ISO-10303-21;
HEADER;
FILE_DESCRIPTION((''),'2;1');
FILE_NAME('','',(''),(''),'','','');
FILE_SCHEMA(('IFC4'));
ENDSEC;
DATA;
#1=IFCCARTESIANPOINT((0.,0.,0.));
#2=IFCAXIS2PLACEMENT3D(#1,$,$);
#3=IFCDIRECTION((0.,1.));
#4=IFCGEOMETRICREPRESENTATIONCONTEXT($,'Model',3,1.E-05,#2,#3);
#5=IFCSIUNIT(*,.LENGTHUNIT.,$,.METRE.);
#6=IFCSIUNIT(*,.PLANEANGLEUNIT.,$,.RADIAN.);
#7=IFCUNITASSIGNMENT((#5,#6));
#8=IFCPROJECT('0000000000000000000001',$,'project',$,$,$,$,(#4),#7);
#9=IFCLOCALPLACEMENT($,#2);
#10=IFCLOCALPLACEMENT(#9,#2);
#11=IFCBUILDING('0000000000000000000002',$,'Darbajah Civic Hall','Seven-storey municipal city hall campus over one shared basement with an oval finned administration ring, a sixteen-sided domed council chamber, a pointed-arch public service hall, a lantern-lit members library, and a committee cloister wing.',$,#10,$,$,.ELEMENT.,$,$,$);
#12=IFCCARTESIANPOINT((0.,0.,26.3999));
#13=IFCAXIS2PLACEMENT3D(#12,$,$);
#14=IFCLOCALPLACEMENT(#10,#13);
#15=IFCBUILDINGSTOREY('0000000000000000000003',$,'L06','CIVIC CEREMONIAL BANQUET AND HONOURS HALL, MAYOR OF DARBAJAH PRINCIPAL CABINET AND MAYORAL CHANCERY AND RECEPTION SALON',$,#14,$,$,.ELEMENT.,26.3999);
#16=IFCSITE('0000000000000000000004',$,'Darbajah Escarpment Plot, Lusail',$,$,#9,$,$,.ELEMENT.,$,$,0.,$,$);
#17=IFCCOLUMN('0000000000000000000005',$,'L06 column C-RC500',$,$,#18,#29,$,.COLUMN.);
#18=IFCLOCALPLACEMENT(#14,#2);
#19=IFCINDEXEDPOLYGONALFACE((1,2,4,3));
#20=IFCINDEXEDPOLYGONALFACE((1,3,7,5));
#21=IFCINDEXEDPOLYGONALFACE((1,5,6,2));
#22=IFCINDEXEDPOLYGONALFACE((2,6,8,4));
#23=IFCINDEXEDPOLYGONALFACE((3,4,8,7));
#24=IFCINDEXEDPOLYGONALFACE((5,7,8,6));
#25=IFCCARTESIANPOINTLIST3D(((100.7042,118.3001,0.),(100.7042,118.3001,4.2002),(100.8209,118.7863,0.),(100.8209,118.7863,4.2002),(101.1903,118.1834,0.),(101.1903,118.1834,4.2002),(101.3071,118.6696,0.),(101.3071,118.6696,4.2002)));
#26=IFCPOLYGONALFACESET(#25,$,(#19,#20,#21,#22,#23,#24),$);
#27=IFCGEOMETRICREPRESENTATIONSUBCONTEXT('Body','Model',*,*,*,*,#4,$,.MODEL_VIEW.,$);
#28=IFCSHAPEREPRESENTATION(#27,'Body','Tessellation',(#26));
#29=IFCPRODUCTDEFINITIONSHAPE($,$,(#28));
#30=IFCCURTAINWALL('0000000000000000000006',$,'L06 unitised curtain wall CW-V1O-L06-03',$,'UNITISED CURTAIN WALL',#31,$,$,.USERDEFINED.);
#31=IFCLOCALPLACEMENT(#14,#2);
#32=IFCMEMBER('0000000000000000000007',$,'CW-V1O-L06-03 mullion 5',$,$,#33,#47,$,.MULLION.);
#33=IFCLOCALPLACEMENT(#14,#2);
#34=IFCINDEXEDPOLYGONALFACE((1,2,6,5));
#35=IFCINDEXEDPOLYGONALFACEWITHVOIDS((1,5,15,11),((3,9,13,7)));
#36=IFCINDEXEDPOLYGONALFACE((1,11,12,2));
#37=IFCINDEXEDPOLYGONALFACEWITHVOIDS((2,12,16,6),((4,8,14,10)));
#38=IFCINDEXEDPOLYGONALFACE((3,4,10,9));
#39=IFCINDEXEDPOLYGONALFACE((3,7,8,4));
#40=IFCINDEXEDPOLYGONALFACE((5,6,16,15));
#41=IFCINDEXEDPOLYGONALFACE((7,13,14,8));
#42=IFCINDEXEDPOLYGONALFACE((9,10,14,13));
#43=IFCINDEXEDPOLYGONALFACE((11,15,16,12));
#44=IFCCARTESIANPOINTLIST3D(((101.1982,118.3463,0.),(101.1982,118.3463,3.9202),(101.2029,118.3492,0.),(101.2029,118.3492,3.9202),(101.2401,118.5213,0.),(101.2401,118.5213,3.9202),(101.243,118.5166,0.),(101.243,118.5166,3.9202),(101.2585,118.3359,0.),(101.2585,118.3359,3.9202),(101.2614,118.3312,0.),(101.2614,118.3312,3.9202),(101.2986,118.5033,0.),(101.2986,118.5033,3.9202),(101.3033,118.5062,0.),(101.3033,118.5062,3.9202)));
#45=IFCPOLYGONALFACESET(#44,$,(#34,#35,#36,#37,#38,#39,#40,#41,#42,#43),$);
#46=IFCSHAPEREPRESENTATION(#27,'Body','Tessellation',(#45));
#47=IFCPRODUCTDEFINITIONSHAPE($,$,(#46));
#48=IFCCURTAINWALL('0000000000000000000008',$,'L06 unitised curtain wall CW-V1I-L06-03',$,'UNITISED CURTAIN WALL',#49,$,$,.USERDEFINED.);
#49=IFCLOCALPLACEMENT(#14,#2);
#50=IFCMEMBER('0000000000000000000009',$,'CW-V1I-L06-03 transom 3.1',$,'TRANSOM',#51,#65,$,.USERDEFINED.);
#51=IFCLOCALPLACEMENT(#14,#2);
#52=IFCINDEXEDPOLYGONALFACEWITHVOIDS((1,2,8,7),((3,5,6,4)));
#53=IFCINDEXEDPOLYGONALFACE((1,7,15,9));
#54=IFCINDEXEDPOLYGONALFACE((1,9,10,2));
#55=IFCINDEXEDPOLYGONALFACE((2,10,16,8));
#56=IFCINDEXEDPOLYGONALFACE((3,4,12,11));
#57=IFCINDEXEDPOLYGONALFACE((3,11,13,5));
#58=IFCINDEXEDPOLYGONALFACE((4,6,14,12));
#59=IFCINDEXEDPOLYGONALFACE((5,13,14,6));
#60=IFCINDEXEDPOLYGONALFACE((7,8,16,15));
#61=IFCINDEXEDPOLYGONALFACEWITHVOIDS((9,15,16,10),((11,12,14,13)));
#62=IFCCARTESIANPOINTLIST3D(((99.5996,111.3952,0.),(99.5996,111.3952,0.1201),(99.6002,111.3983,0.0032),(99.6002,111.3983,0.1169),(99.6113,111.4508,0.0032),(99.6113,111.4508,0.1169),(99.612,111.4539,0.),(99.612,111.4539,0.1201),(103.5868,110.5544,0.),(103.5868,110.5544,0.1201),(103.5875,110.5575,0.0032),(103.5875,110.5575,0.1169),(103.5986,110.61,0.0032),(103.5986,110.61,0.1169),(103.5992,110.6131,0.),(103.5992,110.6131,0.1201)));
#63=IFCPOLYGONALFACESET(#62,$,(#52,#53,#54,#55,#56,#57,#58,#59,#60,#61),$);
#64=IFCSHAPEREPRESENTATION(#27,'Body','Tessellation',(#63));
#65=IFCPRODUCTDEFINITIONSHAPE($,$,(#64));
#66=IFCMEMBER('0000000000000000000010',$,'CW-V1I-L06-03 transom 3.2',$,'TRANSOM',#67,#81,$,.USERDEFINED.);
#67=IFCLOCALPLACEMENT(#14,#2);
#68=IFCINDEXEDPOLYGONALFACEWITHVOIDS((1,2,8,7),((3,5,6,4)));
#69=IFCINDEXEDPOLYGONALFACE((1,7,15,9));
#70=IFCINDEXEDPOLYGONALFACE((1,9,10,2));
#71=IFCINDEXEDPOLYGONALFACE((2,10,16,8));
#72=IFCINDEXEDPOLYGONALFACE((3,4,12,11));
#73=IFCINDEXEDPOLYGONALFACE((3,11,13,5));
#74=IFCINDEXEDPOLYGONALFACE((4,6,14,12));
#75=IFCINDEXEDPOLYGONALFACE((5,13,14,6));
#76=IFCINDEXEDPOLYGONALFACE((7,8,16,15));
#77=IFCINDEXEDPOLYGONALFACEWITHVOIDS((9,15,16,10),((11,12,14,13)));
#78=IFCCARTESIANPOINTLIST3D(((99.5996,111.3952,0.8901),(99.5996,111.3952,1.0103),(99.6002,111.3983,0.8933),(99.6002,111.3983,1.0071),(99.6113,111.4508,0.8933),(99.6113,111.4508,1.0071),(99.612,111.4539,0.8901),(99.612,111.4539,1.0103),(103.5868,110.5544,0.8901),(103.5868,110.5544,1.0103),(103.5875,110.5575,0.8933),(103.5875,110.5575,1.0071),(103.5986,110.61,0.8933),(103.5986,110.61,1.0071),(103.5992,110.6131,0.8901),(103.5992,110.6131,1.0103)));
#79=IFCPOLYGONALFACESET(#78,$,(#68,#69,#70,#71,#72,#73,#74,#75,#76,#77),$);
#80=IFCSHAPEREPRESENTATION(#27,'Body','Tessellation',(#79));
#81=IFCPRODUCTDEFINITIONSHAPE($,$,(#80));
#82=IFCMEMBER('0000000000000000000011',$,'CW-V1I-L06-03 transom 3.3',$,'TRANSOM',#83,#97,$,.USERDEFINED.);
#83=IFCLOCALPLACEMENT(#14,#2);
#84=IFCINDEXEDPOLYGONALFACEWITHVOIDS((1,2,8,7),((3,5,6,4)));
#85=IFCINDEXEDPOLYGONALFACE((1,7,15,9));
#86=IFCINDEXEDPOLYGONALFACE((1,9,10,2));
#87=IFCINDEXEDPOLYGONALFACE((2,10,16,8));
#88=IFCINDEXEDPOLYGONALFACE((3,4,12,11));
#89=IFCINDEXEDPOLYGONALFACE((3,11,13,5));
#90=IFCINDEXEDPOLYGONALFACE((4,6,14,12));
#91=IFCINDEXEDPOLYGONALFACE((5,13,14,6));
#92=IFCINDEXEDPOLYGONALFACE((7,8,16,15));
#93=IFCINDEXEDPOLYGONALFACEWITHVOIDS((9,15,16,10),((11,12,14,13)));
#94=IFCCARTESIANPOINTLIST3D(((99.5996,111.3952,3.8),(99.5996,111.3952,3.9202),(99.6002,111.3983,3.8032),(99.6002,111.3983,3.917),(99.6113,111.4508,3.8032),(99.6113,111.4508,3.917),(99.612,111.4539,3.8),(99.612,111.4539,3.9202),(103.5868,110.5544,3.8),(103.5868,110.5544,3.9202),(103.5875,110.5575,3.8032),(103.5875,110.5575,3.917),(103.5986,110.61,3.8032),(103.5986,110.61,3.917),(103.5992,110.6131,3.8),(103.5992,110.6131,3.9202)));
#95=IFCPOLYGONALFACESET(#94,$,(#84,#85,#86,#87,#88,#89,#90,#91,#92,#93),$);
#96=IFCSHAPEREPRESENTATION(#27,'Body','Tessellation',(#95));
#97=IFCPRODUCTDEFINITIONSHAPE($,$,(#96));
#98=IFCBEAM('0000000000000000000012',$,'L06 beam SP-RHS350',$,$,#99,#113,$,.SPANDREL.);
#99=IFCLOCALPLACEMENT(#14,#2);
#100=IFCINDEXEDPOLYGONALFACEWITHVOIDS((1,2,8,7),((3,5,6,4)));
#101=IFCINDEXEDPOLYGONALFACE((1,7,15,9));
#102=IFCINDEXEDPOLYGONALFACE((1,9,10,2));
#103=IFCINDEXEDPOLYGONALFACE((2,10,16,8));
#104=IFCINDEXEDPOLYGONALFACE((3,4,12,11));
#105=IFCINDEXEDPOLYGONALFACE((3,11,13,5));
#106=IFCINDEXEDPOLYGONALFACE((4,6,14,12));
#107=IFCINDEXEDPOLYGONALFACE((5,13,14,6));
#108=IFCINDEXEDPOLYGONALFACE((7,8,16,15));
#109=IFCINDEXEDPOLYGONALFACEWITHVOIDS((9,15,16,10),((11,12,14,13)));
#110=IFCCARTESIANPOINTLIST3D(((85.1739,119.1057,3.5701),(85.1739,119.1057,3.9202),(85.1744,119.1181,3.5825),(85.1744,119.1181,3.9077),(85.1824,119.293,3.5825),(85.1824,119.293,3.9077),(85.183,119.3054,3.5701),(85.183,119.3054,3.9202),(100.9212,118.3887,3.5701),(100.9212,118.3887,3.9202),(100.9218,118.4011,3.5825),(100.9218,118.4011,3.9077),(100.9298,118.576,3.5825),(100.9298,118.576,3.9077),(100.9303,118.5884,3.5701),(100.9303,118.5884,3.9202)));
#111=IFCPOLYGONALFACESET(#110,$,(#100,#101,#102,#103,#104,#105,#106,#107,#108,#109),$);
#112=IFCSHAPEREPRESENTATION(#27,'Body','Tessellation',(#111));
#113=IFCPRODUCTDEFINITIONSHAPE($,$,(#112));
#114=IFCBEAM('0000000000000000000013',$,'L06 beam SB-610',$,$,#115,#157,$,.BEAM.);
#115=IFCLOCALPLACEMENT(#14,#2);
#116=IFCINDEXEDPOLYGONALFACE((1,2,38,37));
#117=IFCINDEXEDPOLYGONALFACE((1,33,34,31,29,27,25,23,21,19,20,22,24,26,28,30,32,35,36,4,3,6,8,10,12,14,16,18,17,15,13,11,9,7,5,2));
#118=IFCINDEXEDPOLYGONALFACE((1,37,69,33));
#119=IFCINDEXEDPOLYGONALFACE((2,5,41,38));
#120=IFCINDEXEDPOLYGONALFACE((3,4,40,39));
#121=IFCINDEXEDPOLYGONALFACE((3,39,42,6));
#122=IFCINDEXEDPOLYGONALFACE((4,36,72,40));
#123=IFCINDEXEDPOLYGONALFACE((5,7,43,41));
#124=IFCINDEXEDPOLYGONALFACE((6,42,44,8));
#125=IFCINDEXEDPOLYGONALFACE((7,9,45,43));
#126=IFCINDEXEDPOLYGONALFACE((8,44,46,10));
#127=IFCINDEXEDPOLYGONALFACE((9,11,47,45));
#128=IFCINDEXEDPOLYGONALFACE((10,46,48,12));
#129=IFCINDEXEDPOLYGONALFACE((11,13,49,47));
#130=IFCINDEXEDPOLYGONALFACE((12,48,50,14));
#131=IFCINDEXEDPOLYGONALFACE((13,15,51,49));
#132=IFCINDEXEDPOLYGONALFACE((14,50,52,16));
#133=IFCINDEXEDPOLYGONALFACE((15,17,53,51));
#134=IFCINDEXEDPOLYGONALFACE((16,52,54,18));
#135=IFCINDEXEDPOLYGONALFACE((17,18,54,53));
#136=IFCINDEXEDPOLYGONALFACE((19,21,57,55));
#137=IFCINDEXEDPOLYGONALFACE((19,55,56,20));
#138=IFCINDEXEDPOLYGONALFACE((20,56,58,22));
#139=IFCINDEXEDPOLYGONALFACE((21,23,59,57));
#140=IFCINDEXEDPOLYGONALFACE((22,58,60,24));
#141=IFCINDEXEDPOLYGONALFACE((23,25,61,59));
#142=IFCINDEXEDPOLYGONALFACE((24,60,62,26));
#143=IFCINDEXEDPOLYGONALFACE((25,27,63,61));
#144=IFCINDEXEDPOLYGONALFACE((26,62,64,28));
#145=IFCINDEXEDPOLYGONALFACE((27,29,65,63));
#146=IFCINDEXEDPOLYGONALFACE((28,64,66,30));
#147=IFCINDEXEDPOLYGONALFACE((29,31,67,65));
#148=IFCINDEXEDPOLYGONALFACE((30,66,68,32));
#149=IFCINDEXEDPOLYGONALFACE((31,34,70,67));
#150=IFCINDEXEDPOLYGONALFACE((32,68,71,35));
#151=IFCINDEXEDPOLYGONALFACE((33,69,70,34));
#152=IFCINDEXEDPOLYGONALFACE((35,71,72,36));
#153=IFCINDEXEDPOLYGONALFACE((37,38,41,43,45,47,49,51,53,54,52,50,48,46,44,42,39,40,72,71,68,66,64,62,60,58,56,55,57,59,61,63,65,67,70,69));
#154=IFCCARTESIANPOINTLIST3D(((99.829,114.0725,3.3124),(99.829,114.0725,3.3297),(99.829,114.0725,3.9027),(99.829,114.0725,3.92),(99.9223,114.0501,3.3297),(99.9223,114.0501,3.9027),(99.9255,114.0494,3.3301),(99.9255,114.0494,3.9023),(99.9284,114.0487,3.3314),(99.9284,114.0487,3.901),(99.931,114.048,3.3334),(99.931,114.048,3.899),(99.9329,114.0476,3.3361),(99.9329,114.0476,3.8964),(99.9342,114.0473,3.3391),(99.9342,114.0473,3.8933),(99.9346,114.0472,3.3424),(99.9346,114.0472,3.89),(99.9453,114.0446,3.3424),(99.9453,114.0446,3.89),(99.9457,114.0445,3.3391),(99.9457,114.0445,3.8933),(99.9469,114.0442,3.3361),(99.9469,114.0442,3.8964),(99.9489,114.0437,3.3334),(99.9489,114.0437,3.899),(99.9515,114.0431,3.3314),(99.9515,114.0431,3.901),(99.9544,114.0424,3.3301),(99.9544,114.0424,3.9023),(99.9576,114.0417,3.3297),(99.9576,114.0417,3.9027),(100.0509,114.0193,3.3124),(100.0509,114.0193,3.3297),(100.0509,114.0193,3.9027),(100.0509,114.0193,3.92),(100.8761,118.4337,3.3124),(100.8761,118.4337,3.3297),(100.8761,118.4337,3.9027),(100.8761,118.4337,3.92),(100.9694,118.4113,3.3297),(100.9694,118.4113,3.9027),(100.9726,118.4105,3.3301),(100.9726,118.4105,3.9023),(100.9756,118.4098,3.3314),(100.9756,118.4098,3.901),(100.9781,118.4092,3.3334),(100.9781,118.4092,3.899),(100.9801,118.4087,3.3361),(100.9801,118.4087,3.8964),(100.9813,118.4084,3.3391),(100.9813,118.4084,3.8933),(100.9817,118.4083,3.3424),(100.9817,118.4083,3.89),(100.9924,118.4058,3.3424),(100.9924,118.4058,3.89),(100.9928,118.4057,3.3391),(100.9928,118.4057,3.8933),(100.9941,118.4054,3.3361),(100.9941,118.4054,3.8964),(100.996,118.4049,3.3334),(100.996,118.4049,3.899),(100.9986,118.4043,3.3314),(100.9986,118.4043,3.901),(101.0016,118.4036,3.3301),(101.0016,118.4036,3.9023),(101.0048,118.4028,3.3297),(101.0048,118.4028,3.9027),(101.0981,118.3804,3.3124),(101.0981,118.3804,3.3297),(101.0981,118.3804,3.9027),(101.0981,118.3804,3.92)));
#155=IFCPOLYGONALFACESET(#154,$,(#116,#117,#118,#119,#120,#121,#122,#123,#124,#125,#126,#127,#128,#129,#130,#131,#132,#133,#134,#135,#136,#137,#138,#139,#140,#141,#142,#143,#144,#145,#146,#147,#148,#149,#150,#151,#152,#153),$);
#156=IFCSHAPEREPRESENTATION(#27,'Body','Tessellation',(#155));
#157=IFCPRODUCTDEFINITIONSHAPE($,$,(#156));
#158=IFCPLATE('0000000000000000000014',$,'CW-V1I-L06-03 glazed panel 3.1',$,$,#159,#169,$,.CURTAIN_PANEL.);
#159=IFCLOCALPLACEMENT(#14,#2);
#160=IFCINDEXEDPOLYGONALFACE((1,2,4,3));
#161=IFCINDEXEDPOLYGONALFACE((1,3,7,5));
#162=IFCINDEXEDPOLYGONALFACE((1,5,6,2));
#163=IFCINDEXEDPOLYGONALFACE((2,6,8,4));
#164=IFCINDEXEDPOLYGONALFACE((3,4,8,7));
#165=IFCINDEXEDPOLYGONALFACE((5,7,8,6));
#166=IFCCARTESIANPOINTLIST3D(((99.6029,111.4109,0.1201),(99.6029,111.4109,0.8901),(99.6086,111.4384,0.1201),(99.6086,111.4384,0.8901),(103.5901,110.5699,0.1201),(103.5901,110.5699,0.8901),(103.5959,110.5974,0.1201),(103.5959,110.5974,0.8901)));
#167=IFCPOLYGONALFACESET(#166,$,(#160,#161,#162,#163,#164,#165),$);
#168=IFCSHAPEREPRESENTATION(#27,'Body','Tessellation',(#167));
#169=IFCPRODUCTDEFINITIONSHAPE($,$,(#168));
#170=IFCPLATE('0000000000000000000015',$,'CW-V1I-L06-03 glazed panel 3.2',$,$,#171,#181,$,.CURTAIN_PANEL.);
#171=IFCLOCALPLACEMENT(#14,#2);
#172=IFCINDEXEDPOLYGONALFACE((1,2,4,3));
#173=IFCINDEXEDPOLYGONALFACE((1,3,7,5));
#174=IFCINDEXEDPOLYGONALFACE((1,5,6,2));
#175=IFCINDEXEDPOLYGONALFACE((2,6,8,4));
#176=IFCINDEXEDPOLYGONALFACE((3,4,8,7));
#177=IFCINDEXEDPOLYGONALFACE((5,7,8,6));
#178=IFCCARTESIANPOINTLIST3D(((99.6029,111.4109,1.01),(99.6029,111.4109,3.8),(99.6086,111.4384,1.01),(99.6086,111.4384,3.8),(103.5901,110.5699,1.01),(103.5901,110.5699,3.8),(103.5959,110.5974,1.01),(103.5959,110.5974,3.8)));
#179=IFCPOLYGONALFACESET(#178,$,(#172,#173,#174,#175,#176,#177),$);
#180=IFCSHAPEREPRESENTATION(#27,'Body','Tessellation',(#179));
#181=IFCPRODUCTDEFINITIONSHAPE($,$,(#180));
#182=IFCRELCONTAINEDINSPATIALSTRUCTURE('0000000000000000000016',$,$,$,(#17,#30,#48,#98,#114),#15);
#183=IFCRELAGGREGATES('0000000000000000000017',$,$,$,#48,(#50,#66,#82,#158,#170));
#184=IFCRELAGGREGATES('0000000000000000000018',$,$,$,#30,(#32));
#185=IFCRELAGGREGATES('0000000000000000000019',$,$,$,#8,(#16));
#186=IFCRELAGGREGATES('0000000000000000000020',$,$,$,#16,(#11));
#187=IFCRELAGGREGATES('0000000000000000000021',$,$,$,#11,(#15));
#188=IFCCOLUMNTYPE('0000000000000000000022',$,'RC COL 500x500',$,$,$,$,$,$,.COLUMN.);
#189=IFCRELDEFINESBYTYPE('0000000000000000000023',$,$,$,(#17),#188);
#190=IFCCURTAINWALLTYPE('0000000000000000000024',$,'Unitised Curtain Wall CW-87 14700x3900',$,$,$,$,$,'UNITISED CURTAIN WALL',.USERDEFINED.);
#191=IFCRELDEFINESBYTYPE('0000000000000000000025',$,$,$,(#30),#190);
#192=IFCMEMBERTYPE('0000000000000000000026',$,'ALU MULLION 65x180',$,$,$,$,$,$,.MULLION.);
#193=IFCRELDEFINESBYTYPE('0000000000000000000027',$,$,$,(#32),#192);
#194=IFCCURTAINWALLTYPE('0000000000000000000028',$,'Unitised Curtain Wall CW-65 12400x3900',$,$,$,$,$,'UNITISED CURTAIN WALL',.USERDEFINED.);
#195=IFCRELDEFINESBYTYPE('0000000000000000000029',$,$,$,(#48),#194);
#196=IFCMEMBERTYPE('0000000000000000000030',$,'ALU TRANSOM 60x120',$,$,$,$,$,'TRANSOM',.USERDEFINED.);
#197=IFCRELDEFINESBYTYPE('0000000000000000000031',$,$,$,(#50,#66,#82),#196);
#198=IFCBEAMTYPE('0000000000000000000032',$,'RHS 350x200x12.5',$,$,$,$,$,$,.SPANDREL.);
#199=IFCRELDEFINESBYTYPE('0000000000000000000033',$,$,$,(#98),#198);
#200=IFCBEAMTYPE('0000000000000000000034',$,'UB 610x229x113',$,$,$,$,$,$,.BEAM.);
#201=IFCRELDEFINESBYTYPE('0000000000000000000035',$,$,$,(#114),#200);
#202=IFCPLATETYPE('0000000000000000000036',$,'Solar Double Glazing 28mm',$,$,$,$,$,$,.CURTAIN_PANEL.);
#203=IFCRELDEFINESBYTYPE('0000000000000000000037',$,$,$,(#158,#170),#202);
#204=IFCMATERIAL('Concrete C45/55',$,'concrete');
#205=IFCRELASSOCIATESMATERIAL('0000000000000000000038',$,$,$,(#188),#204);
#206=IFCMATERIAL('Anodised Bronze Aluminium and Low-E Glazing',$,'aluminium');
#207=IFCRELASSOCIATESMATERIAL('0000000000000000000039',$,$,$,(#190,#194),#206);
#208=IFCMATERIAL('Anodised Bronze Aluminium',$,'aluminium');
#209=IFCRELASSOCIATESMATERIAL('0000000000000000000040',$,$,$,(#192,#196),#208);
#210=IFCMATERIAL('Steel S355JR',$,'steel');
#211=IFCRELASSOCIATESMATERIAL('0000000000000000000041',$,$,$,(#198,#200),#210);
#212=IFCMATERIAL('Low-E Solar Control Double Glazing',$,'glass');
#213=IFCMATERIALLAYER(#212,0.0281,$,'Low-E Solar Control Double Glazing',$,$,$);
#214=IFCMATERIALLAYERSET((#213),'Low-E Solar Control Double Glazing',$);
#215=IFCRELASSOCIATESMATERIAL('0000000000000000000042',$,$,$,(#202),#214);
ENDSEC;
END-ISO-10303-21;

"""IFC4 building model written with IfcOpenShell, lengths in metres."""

from ifc_helpers import new_model, si_unit, direction, frame, origin, origin_2d, place, context, subcontext, project, spatial, rectangle, hollow_rectangle, i_section, extrude, material, layer, layer_set, material_profile, profile_set, type_object, element, aggregate, save


model = new_model("IFC4")

# Units and contexts
model_context = context("Model", 3, precision=1e-05, world=origin(), true_north=direction((0.0, 1.0)))
body_context = subcontext(model_context, "Body", "Model", "MODEL_VIEW")
ifc_project = project(units=[si_unit("LENGTHUNIT", "METRE"), si_unit("PLANEANGLEUNIT", "RADIAN")], contexts=[model_context])

# Site, building, storey
site_placement = place(None, origin())
site = spatial("IfcSite", under=ifc_project, at=site_placement, Name="Darbajah Escarpment Plot, Lusail", CompositionType="ELEMENT", RefElevation=0.0)
building_placement = place(site_placement, origin())
building = spatial("IfcBuilding", under=site, at=building_placement, Name="Darbajah Civic Hall", Description="Seven-storey municipal city hall campus over one shared basement with an oval finned administration ring, a sixteen-sided domed council chamber, a pointed-arch public service hall, a lantern-lit members library, and a committee cloister wing.", CompositionType="ELEMENT")
storey_placement = place(building_placement, frame((0.0, 0.0, 26.3999)))
storey = spatial("IfcBuildingStorey", under=building, at=storey_placement, Name="L06", Description="CIVIC CEREMONIAL BANQUET AND HONOURS HALL, MAYOR OF DARBAJAH PRINCIPAL CABINET AND MAYORAL CHANCERY AND RECEPTION SALON", CompositionType="ELEMENT", Elevation=26.3999)

# Column
ifc_material_1 = material(Name="Concrete C45/55", Category="concrete")
ifc_material_profile_1 = material_profile(ifc_material_1, rectangle(XDim=0.5, YDim=0.5, at=origin_2d()), Name="RC COL 500x500")
ifc_profile_set_1 = profile_set([ifc_material_profile_1], Name="Concrete C45/55")
column_type = type_object("IfcColumnType", Name="RC COL 500x500", PredefinedType="COLUMN", material=ifc_profile_set_1)
column_placement = place(storey_placement, frame((101.0056, 118.4849, 0.0), z_axis=(0.0, 0.0, 1.0), x_axis=(0.233445, 0.97237, 0.0)))
element("IfcColumn", 1, at=column_placement, inside=storey, type_object=column_type, Name="L06 column C-RC500", PredefinedType="COLUMN", context=body_context, shape_type="SweptSolid", body=[
    extrude(rectangle(XDim=0.5, YDim=0.5, at=origin_2d()), origin(), (0.0, 0.0, 1.0), 4.2002),
])

# Curtain wall, member
ifc_material_2 = material(Name="Anodised Bronze Aluminium and Low-E Glazing", Category="aluminium")
curtain_wall_type_1 = type_object("IfcCurtainWallType", Name="Unitised Curtain Wall CW-87 14700x3900", ElementType="UNITISED CURTAIN WALL", PredefinedType="USERDEFINED", material=ifc_material_2)
curtain_wall_1_placement = place(storey_placement, origin())
curtain_wall_1 = element("IfcCurtainWall", 2, at=curtain_wall_1_placement, inside=storey, type_object=curtain_wall_type_1, Name="L06 unitised curtain wall CW-V1O-L06-03", ObjectType="UNITISED CURTAIN WALL", PredefinedType="USERDEFINED")
ifc_material_3 = material(Name="Anodised Bronze Aluminium", Category="aluminium")
ifc_material_profile_2 = material_profile(ifc_material_3, hollow_rectangle(XDim=0.0649, YDim=0.1799, WallThickness=0.0039, at=origin_2d()), Name="ALU MULLION 65x180")
ifc_profile_set_2 = profile_set([ifc_material_profile_2], Name="Anodised Bronze Aluminium")
member_type_1 = type_object("IfcMemberType", Name="ALU MULLION 65x180", PredefinedType="MULLION", material=ifc_profile_set_2)
member_1_placement = place(storey_placement, frame((101.2507, 118.4263, 0.0), z_axis=(0.0, 0.0, 1.0), x_axis=(-0.972492, 0.232936, 0.0)))
member_1 = element("IfcMember", 3, at=member_1_placement, type_object=member_type_1, Name="CW-V1O-L06-03 mullion 5", PredefinedType="MULLION", context=body_context, shape_type="SweptSolid", body=[
    extrude(hollow_rectangle(XDim=0.0649, YDim=0.1799, WallThickness=0.0039, at=origin_2d()), origin(), (0.0, 0.0, 1.0), 3.9202),
])

# Curtain wall, members
curtain_wall_type_2 = type_object("IfcCurtainWallType", Name="Unitised Curtain Wall CW-65 12400x3900", ElementType="UNITISED CURTAIN WALL", PredefinedType="USERDEFINED", material=ifc_material_2)
curtain_wall_2_placement = place(storey_placement, origin())
curtain_wall_2 = element("IfcCurtainWall", 4, at=curtain_wall_2_placement, inside=storey, type_object=curtain_wall_type_2, Name="L06 unitised curtain wall CW-V1I-L06-03", ObjectType="UNITISED CURTAIN WALL", PredefinedType="USERDEFINED")
ifc_material_profile_3 = material_profile(ifc_material_3, hollow_rectangle(XDim=0.0601, YDim=0.1201, WallThickness=0.0032, at=origin_2d()), Name="ALU TRANSOM 60x120")
ifc_profile_set_3 = profile_set([ifc_material_profile_3], Name="Anodised Bronze Aluminium")
member_type_2 = type_object("IfcMemberType", Name="ALU TRANSOM 60x120", ElementType="TRANSOM", PredefinedType="USERDEFINED", material=ifc_profile_set_3)
member_2_placement = place(storey_placement, frame((103.593, 110.5837, 0.0601), z_axis=(-0.978481, 0.206337, 0.0), x_axis=(-0.206337, -0.978481, 0.0)))
member_2 = element("IfcMember", 5, at=member_2_placement, type_object=member_type_2, Name="CW-V1I-L06-03 transom 3.1", ObjectType="TRANSOM", PredefinedType="USERDEFINED", context=body_context, shape_type="SweptSolid", body=[
    extrude(hollow_rectangle(XDim=0.0601, YDim=0.1201, WallThickness=0.0032, at=origin_2d()), origin(), (0.0, 0.0, 1.0), 4.075),
])
member_3_placement = place(storey_placement, frame((103.593, 110.5837, 0.9502), z_axis=(-0.978481, 0.206337, 0.0), x_axis=(-0.206337, -0.978481, 0.0)))
member_3 = element("IfcMember", 6, at=member_3_placement, type_object=member_type_2, Name="CW-V1I-L06-03 transom 3.2", ObjectType="TRANSOM", PredefinedType="USERDEFINED", context=body_context, shape_type="SweptSolid", body=[
    extrude(hollow_rectangle(XDim=0.0601, YDim=0.1201, WallThickness=0.0032, at=origin_2d()), origin(), (0.0, 0.0, 1.0), 4.075),
])
member_4_placement = place(storey_placement, frame((103.593, 110.5837, 3.8601), z_axis=(-0.978481, 0.206337, 0.0), x_axis=(-0.206337, -0.978481, 0.0)))
member_4 = element("IfcMember", 7, at=member_4_placement, type_object=member_type_2, Name="CW-V1I-L06-03 transom 3.3", ObjectType="TRANSOM", PredefinedType="USERDEFINED", context=body_context, shape_type="SweptSolid", body=[
    extrude(hollow_rectangle(XDim=0.0601, YDim=0.1201, WallThickness=0.0032, at=origin_2d()), origin(), (0.0, 0.0, 1.0), 4.075),
])

# Beams
ifc_material_4 = material(Name="Steel S355JR", Category="steel")
ifc_material_profile_4 = material_profile(ifc_material_4, hollow_rectangle(XDim=0.2, YDim=0.3501, WallThickness=0.0125, at=origin_2d()), Name="RHS 350x200x12.5")
ifc_profile_set_4 = profile_set([ifc_material_profile_4], Name="Steel S355JR")
beam_type_1 = type_object("IfcBeamType", Name="RHS 350x200x12.5", PredefinedType="SPANDREL", material=ifc_profile_set_4)
beam_1_placement = place(storey_placement, frame((100.9258, 118.4885, 3.7451), z_axis=(-0.998965, 0.045487, 0.0), x_axis=(-0.045487, -0.998965, 0.0)))
element("IfcBeam", 8, at=beam_1_placement, inside=storey, type_object=beam_type_1, Name="L06 beam SP-RHS350", PredefinedType="SPANDREL", context=body_context, shape_type="SweptSolid", body=[
    extrude(hollow_rectangle(XDim=0.2, YDim=0.3501, WallThickness=0.0125, at=origin_2d()), origin(), (0.0, 0.0, 1.0), 15.7637),
])
ifc_material_profile_5 = material_profile(ifc_material_4, i_section(OverallWidth=0.2283, OverallDepth=0.6077, WebThickness=0.011, FlangeThickness=0.0173, FilletRadius=0.0127, at=origin_2d()), Name="UB 610x229x113")
ifc_profile_set_5 = profile_set([ifc_material_profile_5], Name="Steel S355JR")
beam_type_2 = type_object("IfcBeamType", Name="UB 610x229x113", PredefinedType="BEAM", material=ifc_profile_set_5)
beam_2_placement = place(storey_placement, frame((99.9399, 114.0459, 3.6162), z_axis=(0.23347, 0.972364, 0.0), x_axis=(-0.972364, 0.23347, 0.0)))
element("IfcBeam", 9, at=beam_2_placement, inside=storey, type_object=beam_type_2, Name="L06 beam SB-610", PredefinedType="BEAM", context=body_context, shape_type="SweptSolid", body=[
    extrude(i_section(OverallWidth=0.2283, OverallDepth=0.6077, WebThickness=0.011, FlangeThickness=0.0173, FilletRadius=0.0127, at=origin_2d()), origin(), (0.0, 0.0, 1.0), 4.4851),
])

# Plates
ifc_material_5 = material(Name="Low-E Solar Control Double Glazing", Category="glass")
ifc_layer_1 = layer(ifc_material_5, 0.0281, Name="Low-E Solar Control Double Glazing")
ifc_layer_set_1 = layer_set([ifc_layer_1], Name="Low-E Solar Control Double Glazing")
plate_type_1 = type_object("IfcPlateType", Name="Solar Double Glazing 28mm", PredefinedType="CURTAIN_PANEL", material=ifc_layer_set_1)
plate_1_placement = place(storey_placement, frame((101.5994, 111.0042, 0.1201), z_axis=(0.0, 0.0, 1.0), x_axis=(-0.978473, 0.206375, 0.0)))
plate_1 = element("IfcPlate", 10, at=plate_1_placement, type_object=plate_type_1, Name="CW-V1I-L06-03 glazed panel 3.1", PredefinedType="CURTAIN_PANEL", context=body_context, shape_type="SweptSolid", body=[
    extrude(rectangle(XDim=4.075, YDim=0.0281, at=origin_2d()), origin(), (0.0, 0.0, 1.0), 0.77),
])
plate_2_placement = place(storey_placement, frame((101.5994, 111.0042, 1.01), z_axis=(0.0, 0.0, 1.0), x_axis=(-0.978473, 0.206375, 0.0)))
plate_2 = element("IfcPlate", 11, at=plate_2_placement, type_object=plate_type_1, Name="CW-V1I-L06-03 glazed panel 3.2", PredefinedType="CURTAIN_PANEL", context=body_context, shape_type="SweptSolid", body=[
    extrude(rectangle(XDim=4.075, YDim=0.0281, at=origin_2d()), origin(), (0.0, 0.0, 1.0), 2.79),
])
aggregate(curtain_wall_2, [member_2, member_3, member_4, plate_1, plate_2])
aggregate(curtain_wall_1, [member_1])

save(model, "model.ifc")
